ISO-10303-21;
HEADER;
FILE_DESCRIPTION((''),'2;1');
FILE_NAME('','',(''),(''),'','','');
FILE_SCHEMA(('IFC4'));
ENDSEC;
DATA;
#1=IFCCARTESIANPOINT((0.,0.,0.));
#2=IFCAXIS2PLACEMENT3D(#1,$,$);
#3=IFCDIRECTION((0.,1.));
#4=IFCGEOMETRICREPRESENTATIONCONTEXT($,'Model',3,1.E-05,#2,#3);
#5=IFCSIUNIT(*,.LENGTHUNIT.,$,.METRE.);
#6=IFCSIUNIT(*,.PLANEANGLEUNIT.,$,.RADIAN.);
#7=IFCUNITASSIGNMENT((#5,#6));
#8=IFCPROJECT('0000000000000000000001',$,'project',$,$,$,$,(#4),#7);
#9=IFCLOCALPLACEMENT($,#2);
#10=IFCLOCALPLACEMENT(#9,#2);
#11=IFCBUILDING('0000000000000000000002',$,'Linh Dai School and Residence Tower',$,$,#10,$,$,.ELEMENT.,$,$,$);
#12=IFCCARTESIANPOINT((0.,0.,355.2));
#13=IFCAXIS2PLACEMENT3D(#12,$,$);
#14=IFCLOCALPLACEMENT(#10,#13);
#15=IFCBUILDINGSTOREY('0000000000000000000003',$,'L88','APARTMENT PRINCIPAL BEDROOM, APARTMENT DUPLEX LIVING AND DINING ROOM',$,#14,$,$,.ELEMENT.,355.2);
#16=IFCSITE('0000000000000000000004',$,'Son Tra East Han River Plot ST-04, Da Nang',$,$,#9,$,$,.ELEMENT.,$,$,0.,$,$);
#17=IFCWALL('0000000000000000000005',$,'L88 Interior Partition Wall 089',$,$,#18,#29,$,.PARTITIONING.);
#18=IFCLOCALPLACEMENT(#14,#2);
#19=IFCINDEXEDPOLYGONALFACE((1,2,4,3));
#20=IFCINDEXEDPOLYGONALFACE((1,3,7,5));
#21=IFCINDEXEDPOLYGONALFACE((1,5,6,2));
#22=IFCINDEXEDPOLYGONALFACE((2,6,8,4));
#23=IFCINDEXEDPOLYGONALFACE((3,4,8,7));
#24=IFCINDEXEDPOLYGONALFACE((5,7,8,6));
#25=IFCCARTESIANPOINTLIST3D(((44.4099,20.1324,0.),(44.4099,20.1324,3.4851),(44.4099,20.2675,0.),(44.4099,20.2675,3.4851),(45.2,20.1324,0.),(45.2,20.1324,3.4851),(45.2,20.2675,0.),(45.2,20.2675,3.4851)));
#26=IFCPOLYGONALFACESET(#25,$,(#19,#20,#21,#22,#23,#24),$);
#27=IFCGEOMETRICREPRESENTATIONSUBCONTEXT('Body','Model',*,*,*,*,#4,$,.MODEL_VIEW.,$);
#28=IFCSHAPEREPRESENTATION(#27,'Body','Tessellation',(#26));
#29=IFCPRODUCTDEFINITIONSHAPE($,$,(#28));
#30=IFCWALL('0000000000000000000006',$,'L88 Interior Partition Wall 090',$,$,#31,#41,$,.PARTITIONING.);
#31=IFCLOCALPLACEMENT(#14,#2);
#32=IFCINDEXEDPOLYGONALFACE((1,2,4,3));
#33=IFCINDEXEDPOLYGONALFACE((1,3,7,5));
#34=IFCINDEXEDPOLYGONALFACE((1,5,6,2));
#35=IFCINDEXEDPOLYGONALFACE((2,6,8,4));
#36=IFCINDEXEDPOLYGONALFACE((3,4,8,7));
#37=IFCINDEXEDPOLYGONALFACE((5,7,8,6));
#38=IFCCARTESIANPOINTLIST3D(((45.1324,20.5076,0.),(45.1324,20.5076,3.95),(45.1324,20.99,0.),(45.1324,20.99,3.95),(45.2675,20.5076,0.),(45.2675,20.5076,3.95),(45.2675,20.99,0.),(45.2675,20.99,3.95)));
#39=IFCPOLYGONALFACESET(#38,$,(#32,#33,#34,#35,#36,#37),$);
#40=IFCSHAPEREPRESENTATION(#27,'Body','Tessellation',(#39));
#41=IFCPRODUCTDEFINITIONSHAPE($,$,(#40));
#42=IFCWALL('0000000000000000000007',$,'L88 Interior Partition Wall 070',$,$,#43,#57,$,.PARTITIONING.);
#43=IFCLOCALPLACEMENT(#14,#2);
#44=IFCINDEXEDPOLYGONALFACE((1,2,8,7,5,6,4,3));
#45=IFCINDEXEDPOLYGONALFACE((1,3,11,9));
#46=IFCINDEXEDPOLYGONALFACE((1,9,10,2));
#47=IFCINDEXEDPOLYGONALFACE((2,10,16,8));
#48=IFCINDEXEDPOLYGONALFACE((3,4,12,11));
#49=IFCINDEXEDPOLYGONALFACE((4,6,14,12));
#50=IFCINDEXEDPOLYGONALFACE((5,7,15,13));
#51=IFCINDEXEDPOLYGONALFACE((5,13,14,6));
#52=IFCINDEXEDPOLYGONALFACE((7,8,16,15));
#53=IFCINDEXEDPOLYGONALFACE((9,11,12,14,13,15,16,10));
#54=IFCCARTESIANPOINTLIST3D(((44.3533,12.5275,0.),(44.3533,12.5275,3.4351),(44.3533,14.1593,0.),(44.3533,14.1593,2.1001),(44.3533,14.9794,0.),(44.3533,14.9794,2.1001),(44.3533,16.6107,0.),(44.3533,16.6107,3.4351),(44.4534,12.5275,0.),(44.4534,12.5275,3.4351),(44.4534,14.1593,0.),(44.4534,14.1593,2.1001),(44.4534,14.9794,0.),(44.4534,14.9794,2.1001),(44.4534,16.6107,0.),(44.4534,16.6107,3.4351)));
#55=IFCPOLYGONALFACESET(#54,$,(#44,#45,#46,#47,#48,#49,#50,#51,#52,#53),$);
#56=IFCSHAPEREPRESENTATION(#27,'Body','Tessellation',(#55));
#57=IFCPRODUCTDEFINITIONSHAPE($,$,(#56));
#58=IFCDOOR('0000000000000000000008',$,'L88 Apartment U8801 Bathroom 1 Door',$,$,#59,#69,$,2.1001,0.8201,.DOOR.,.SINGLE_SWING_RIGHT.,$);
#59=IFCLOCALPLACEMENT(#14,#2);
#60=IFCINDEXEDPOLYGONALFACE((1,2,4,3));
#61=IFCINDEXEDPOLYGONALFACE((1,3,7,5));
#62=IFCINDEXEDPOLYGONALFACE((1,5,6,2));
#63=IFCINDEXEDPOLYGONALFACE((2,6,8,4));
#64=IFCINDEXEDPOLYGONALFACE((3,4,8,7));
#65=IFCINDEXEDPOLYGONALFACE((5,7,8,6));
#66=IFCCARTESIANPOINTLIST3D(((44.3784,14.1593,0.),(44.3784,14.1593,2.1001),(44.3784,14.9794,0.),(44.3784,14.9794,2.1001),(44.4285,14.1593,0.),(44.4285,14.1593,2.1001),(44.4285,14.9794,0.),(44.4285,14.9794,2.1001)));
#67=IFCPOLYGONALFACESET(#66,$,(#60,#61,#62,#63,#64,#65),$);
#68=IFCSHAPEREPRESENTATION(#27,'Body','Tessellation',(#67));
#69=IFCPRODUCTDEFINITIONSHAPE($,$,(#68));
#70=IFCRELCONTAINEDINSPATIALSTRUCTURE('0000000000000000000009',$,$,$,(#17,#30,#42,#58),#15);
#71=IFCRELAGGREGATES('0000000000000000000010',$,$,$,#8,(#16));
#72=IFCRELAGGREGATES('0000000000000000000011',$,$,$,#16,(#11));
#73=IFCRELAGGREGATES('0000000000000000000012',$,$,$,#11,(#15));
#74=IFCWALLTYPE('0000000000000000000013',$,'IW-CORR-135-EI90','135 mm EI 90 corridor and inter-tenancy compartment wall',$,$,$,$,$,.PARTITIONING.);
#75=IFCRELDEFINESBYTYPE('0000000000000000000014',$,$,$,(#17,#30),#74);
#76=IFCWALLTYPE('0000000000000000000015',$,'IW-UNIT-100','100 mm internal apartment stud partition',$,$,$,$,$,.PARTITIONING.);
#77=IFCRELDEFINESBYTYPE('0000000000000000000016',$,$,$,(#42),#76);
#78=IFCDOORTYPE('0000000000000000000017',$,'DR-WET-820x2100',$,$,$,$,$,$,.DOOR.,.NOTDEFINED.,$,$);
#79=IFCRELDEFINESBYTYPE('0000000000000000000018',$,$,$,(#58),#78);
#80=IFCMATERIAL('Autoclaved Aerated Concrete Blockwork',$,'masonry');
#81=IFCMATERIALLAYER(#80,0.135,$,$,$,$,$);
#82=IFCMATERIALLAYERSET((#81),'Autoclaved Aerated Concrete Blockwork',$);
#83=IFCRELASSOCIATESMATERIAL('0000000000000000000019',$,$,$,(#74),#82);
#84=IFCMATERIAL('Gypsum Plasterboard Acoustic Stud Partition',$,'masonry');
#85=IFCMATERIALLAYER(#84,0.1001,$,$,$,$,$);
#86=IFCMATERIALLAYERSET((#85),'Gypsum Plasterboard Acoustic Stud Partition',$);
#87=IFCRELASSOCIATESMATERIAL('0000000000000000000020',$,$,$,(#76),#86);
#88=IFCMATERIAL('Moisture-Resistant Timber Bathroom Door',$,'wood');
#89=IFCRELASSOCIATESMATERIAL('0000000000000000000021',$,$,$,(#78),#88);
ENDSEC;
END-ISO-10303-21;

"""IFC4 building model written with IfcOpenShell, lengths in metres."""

from ifc_helpers import new_model, si_unit, direction, frame, frame_2d, origin, origin_2d, place, context, subcontext, project, spatial, rectangle, extrude, source, transform, mapped, material, layer, layer_set, type_object, element, fill, save


model = new_model("IFC4")

# Units and contexts
model_context = context("Model", 3, precision=1e-05, world=origin(), true_north=direction((0.0, 1.0)))
body_context = subcontext(model_context, "Body", "Model", "MODEL_VIEW")
ifc_project = project(units=[si_unit("LENGTHUNIT", "METRE"), si_unit("PLANEANGLEUNIT", "RADIAN")], contexts=[model_context])

# Site, building, storey
site_placement = place(None, origin())
site = spatial("IfcSite", under=ifc_project, at=site_placement, Name="Son Tra East Han River Plot ST-04, Da Nang", CompositionType="ELEMENT", RefElevation=0.0)
building_placement = place(site_placement, origin())
building = spatial("IfcBuilding", under=site, at=building_placement, Name="Linh Dai School and Residence Tower", CompositionType="ELEMENT")
storey_placement = place(building_placement, frame((0.0, 0.0, 355.2)))
storey = spatial("IfcBuildingStorey", under=building, at=storey_placement, Name="L88", Description="APARTMENT PRINCIPAL BEDROOM, APARTMENT DUPLEX LIVING AND DINING ROOM", CompositionType="ELEMENT", Elevation=355.2)

# Walls
ifc_material_1 = material(Name="Autoclaved Aerated Concrete Blockwork", Category="masonry")
ifc_layer_1 = layer(ifc_material_1, 0.135)
ifc_layer_set_1 = layer_set([ifc_layer_1], Name="Autoclaved Aerated Concrete Blockwork")
wall_type_1 = type_object("IfcWallType", Name="IW-CORR-135-EI90", Description="135 mm EI 90 corridor and inter-tenancy compartment wall", PredefinedType="PARTITIONING", material=ifc_layer_set_1)
wall_1_placement = place(storey_placement, frame((44.4099, 20.2, 0.0), z_axis=(0.0, 0.0, 1.0), x_axis=(1.0, 0.0, 0.0)))
element("IfcWall", 1, at=wall_1_placement, inside=storey, type_object=wall_type_1, Name="L88 Interior Partition Wall 089", PredefinedType="PARTITIONING", context=body_context, shape_type="SweptSolid", body=[
    extrude(rectangle(XDim=0.79, YDim=0.135, at=frame_2d((0.395, 0.0))), origin(), (0.0, 0.0, 1.0), 3.4851),
])
wall_2_placement = place(storey_placement, frame((45.2, 20.5076, 0.0), z_axis=(0.0, 0.0, 1.0), x_axis=(0.0, 1.0, 0.0)))
element("IfcWall", 2, at=wall_2_placement, inside=storey, type_object=wall_type_1, Name="L88 Interior Partition Wall 090", PredefinedType="PARTITIONING", context=body_context, shape_type="SweptSolid", body=[
    extrude(rectangle(XDim=0.4824, YDim=0.135, at=frame_2d((0.2412, 0.0))), origin(), (0.0, 0.0, 1.0), 3.95),
])

# Wall, opening, door
ifc_material_2 = material(Name="Gypsum Plasterboard Acoustic Stud Partition", Category="masonry")
ifc_layer_2 = layer(ifc_material_2, 0.1001)
ifc_layer_set_2 = layer_set([ifc_layer_2], Name="Gypsum Plasterboard Acoustic Stud Partition")
wall_type_2 = type_object("IfcWallType", Name="IW-UNIT-100", Description="100 mm internal apartment stud partition", PredefinedType="PARTITIONING", material=ifc_layer_set_2)
wall_3_placement = place(storey_placement, frame((44.4033, 12.5276, 0.0), z_axis=(0.0, 0.0, 1.0), x_axis=(0.0, 1.0, 0.0)))
wall_3 = element("IfcWall", 3, at=wall_3_placement, inside=storey, type_object=wall_type_2, Name="L88 Interior Partition Wall 070", PredefinedType="PARTITIONING", context=body_context, shape_type="SweptSolid", body=[
    extrude(rectangle(XDim=4.0833, YDim=0.1001, at=frame_2d((2.0415, 0.0))), origin(), (0.0, 0.0, 1.0), 3.4351),
])
opening_1_placement = place(wall_3_placement, frame((1.6316, 0.0, 0.0)))
opening_1 = element("IfcOpeningElement", 4, at=opening_1_placement, cuts=wall_3, PredefinedType="OPENING", context=body_context, shape_type="SweptSolid", body=[
    extrude(rectangle(XDim=0.8201, YDim=2.1001, at=origin_2d()), frame((0.4102, 0.0601, 1.05), z_axis=(0.0, -1.0, 0.0), x_axis=(1.0, 0.0, 0.0)), (0.0, 0.0, 1.0), 0.1201),
])
ifc_material_3 = material(Name="Moisture-Resistant Timber Bathroom Door", Category="wood")
door_type = type_object("IfcDoorType", Name="DR-WET-820x2100", OperationType="NOTDEFINED", PredefinedType="DOOR", material=ifc_material_3)
shared_shape_1 = source(origin(), body_context, "Body", "SweptSolid", [
    extrude(rectangle(XDim=0.8201, YDim=2.1001, at=origin_2d()), frame((0.4102, 0.0249, 1.05), z_axis=(0.0, -1.0, 0.0), x_axis=(1.0, 0.0, 0.0)), (0.0, 0.0, 1.0), 0.05),
])
door_placement = place(opening_1_placement, origin())
door = element("IfcDoor", 5, at=door_placement, inside=storey, type_object=door_type, Name="L88 Apartment U8801 Bathroom 1 Door", OperationType="SINGLE_SWING_RIGHT", OverallHeight=2.1001, OverallWidth=0.8201, PredefinedType="DOOR", context=body_context, shape_type="MappedRepresentation", body=[
    mapped(shared_shape_1, transform((0.0, 0.0, 0.0), x_axis=(1.0, 0.0, 0.0), y_axis=(0.0, 1.0, 0.0), z_axis=(0.0, 0.0, 1.0), scale=1.0)),
])
fill(opening_1, door)

save(model, "model.ifc")
